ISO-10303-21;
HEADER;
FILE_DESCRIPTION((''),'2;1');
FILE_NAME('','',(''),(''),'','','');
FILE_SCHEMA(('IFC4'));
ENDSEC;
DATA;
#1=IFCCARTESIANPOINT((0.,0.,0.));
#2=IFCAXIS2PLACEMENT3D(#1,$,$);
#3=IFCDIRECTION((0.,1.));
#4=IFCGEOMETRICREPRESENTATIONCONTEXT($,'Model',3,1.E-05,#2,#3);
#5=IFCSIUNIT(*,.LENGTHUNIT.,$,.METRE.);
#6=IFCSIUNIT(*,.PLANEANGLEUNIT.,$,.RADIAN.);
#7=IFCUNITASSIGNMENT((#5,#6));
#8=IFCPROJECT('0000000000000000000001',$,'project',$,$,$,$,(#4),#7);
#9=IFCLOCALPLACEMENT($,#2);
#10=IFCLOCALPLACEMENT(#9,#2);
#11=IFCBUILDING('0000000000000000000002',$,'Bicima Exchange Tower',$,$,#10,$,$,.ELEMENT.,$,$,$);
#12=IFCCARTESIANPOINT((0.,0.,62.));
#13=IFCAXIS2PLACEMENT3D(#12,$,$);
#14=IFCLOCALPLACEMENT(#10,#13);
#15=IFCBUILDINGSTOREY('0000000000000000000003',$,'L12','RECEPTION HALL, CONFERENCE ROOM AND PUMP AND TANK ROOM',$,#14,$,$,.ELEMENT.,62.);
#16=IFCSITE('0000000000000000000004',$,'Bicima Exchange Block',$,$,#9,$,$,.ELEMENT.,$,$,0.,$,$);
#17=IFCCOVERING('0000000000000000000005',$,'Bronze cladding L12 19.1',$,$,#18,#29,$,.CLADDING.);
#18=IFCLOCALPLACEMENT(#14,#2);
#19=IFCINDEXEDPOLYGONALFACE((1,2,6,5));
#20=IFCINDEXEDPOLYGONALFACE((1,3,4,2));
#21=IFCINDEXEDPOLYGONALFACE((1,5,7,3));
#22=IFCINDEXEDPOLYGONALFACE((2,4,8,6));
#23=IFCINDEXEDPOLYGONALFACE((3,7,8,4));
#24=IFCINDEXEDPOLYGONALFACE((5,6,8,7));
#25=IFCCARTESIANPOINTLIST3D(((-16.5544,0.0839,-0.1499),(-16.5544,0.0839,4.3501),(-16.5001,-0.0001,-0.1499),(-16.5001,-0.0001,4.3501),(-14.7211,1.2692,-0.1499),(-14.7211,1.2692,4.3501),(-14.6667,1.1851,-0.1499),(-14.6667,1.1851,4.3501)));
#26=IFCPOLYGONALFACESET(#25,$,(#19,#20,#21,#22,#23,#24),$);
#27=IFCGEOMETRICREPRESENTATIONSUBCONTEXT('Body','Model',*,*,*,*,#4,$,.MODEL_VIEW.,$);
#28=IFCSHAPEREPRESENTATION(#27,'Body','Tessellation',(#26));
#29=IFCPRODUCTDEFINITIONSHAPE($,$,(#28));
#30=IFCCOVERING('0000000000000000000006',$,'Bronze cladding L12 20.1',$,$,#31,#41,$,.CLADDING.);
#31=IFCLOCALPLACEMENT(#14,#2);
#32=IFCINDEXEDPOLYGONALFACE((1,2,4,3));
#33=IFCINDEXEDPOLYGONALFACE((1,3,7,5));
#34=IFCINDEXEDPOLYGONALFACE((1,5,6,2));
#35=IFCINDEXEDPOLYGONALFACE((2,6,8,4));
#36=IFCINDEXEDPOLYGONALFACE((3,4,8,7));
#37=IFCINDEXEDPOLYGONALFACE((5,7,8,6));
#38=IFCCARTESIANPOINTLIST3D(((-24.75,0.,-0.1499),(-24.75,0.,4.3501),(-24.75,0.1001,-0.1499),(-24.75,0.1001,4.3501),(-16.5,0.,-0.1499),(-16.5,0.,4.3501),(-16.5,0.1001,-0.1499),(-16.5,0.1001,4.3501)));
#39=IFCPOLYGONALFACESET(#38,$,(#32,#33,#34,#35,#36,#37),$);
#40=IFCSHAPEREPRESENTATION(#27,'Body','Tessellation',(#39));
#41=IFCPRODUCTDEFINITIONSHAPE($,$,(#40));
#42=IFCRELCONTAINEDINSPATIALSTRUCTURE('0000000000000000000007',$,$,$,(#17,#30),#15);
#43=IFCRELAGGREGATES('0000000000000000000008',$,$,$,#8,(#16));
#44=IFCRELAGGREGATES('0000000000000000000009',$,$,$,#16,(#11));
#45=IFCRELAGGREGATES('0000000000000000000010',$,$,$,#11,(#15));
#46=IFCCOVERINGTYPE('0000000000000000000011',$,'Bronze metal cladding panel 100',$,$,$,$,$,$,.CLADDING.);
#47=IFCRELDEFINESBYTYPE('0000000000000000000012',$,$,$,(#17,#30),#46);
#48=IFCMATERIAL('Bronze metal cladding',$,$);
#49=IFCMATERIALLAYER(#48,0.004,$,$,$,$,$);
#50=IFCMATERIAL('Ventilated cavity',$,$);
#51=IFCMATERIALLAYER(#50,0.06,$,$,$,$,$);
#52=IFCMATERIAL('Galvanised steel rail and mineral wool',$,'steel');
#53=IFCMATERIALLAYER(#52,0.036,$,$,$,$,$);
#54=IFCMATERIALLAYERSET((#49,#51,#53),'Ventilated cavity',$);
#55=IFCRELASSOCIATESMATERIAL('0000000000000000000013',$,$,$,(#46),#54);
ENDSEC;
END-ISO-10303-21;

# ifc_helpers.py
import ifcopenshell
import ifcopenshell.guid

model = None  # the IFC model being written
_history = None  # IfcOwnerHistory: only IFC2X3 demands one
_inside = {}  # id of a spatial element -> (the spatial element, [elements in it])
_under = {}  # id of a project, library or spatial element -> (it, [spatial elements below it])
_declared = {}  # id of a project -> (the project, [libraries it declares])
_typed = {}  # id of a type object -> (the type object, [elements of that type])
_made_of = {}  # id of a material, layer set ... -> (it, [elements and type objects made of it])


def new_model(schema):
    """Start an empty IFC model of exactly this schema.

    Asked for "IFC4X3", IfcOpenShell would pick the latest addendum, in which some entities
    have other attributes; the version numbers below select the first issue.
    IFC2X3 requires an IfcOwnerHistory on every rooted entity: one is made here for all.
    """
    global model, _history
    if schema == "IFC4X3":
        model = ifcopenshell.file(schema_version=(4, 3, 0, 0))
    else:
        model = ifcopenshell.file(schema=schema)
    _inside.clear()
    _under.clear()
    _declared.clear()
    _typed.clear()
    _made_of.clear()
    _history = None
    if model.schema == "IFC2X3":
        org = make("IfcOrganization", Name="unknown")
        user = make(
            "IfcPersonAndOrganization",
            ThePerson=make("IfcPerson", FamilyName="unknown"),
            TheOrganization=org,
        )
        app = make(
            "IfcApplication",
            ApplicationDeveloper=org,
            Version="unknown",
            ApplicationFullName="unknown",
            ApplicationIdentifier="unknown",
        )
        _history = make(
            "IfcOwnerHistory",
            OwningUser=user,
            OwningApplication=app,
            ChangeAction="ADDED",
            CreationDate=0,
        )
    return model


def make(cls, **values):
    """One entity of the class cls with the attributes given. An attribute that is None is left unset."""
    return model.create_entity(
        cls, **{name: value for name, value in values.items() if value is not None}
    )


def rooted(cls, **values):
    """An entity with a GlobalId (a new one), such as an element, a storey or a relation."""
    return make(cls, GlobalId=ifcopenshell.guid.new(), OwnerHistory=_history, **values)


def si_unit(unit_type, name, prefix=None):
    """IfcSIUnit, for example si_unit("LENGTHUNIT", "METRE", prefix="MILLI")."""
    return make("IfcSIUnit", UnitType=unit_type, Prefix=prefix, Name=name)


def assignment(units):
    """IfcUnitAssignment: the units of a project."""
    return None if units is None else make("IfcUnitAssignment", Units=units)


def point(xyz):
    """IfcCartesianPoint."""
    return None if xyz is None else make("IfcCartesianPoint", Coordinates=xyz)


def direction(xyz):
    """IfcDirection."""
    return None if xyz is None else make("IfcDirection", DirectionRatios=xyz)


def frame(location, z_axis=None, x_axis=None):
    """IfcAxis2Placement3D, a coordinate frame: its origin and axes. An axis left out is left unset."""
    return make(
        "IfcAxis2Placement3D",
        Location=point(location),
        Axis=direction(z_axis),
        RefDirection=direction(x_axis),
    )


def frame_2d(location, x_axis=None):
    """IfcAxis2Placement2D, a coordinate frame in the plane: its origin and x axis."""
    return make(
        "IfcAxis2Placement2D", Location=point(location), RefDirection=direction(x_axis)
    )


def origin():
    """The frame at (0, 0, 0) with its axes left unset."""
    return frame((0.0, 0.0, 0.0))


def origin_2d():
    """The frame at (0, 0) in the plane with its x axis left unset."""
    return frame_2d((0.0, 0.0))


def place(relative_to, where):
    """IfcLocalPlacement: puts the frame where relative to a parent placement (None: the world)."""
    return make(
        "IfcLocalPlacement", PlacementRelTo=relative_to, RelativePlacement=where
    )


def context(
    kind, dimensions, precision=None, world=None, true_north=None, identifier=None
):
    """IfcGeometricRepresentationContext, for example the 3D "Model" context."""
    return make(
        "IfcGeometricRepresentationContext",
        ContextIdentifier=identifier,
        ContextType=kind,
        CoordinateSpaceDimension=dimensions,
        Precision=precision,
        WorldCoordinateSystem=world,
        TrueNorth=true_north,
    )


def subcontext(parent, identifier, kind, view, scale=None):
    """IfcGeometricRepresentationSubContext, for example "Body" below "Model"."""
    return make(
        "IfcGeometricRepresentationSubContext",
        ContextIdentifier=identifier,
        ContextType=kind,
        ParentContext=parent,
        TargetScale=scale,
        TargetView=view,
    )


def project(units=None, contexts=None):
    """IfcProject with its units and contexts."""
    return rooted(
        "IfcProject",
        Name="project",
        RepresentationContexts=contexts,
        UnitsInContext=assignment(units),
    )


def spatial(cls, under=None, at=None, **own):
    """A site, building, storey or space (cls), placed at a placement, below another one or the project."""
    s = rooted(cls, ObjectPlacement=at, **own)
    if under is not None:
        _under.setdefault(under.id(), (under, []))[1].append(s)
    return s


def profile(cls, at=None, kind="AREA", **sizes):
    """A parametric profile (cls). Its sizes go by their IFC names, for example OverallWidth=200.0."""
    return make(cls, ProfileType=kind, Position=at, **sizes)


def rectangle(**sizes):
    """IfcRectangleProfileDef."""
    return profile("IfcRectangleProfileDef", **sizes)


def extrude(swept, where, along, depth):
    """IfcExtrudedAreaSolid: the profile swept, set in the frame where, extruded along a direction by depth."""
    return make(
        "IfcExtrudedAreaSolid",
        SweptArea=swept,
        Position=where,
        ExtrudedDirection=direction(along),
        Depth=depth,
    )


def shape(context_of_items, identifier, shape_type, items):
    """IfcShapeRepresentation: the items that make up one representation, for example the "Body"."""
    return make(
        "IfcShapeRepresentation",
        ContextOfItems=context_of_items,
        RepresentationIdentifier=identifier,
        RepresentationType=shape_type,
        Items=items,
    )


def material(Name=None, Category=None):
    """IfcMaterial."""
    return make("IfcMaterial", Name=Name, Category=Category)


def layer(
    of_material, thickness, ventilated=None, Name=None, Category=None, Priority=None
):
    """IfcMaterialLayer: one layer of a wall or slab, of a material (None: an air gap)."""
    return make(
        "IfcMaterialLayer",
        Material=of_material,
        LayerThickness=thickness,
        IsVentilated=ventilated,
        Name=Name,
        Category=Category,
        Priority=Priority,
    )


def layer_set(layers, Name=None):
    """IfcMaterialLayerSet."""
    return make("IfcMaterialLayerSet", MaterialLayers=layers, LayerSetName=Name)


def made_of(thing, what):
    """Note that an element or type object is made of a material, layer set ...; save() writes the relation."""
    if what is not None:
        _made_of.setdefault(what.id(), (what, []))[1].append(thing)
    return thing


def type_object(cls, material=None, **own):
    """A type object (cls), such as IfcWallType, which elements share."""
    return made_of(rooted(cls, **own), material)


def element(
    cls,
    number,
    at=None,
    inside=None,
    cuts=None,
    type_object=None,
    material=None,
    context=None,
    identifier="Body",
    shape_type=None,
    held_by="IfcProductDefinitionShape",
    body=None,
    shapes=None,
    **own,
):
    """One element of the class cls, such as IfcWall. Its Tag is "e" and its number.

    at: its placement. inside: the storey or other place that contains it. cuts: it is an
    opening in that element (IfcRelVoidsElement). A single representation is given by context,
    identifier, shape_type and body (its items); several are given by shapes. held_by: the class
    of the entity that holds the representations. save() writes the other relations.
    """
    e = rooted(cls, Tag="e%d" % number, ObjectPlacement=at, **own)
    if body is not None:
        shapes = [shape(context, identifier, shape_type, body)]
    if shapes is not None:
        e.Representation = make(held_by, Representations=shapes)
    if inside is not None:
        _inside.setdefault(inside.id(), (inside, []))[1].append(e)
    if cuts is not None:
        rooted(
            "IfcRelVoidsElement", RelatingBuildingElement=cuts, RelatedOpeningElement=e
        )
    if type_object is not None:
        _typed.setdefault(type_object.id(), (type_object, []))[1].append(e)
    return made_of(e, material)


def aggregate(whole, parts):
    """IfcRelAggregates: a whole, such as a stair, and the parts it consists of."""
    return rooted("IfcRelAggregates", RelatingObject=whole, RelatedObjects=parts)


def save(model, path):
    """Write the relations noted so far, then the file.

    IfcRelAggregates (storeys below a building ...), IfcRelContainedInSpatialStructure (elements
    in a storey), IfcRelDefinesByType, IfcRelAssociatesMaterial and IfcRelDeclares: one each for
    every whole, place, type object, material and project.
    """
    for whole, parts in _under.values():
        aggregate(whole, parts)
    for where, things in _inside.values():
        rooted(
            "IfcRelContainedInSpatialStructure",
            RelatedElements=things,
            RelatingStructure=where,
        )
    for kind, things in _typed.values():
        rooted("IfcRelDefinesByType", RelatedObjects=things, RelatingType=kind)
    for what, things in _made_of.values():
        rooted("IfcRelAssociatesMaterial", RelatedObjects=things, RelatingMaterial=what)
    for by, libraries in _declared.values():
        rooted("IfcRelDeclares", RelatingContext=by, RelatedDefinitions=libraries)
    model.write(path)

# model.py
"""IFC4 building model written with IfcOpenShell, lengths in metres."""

from ifc_helpers import new_model, si_unit, direction, frame, origin, origin_2d, place, context, subcontext, project, spatial, rectangle, extrude, material, layer, layer_set, type_object, element, save


model = new_model("IFC4")

# Units and contexts
model_context = context("Model", 3, precision=1e-05, world=origin(), true_north=direction((0.0, 1.0)))
body_context = subcontext(model_context, "Body", "Model", "MODEL_VIEW")
ifc_project = project(units=[si_unit("LENGTHUNIT", "METRE"), si_unit("PLANEANGLEUNIT", "RADIAN")], contexts=[model_context])

# Site, building, storey
site_placement = place(None, origin())
site = spatial("IfcSite", under=ifc_project, at=site_placement, Name="Bicima Exchange Block", CompositionType="ELEMENT", RefElevation=0.0)
building_placement = place(site_placement, origin())
building = spatial("IfcBuilding", under=site, at=building_placement, Name="Bicima Exchange Tower", CompositionType="ELEMENT")
storey_placement = place(building_placement, frame((0.0, 0.0, 62.0)))
storey = spatial("IfcBuildingStorey", under=building, at=storey_placement, Name="L12", Description="RECEPTION HALL, CONFERENCE ROOM AND PUMP AND TANK ROOM", CompositionType="ELEMENT", Elevation=62.0)

# Coverings
ifc_material_1 = material(Name="Bronze metal cladding")
ifc_layer_1 = layer(ifc_material_1, 0.004)
ifc_material_2 = material(Name="Ventilated cavity")
ifc_layer_2 = layer(ifc_material_2, 0.06)
ifc_material_3 = material(Name="Galvanised steel rail and mineral wool", Category="steel")
ifc_layer_3 = layer(ifc_material_3, 0.036)
ifc_layer_set_1 = layer_set([ifc_layer_1, ifc_layer_2, ifc_layer_3], Name="Ventilated cavity")
covering_type = type_object("IfcCoveringType", Name="Bronze metal cladding panel 100", PredefinedType="CLADDING", material=ifc_layer_set_1)
covering_1_placement = place(storey_placement, frame((-15.6106, 0.6345, -0.1499), z_axis=(0.0, 0.0, 1.0), x_axis=(-0.83979, -0.542911, 0.0)))
element("IfcCovering", 1, at=covering_1_placement, inside=storey, type_object=covering_type, Name="Bronze cladding L12 19.1", PredefinedType="CLADDING", context=body_context, shape_type="SweptSolid", body=[
    extrude(rectangle(XDim=2.1831, YDim=0.1001, at=origin_2d()), origin(), (0.0, 0.0, 1.0), 4.5),
])
covering_2_placement = place(storey_placement, frame((-20.625, 0.05, -0.1499), z_axis=(0.0, 0.0, 1.0), x_axis=(-1.0, 0.0, 0.0)))
element("IfcCovering", 2, at=covering_2_placement, inside=storey, type_object=covering_type, Name="Bronze cladding L12 20.1", PredefinedType="CLADDING", context=body_context, shape_type="SweptSolid", body=[
    extrude(rectangle(XDim=8.25, YDim=0.1001, at=origin_2d()), origin(), (0.0, 0.0, 1.0), 4.5),
])

save(model, "model.ifc")
